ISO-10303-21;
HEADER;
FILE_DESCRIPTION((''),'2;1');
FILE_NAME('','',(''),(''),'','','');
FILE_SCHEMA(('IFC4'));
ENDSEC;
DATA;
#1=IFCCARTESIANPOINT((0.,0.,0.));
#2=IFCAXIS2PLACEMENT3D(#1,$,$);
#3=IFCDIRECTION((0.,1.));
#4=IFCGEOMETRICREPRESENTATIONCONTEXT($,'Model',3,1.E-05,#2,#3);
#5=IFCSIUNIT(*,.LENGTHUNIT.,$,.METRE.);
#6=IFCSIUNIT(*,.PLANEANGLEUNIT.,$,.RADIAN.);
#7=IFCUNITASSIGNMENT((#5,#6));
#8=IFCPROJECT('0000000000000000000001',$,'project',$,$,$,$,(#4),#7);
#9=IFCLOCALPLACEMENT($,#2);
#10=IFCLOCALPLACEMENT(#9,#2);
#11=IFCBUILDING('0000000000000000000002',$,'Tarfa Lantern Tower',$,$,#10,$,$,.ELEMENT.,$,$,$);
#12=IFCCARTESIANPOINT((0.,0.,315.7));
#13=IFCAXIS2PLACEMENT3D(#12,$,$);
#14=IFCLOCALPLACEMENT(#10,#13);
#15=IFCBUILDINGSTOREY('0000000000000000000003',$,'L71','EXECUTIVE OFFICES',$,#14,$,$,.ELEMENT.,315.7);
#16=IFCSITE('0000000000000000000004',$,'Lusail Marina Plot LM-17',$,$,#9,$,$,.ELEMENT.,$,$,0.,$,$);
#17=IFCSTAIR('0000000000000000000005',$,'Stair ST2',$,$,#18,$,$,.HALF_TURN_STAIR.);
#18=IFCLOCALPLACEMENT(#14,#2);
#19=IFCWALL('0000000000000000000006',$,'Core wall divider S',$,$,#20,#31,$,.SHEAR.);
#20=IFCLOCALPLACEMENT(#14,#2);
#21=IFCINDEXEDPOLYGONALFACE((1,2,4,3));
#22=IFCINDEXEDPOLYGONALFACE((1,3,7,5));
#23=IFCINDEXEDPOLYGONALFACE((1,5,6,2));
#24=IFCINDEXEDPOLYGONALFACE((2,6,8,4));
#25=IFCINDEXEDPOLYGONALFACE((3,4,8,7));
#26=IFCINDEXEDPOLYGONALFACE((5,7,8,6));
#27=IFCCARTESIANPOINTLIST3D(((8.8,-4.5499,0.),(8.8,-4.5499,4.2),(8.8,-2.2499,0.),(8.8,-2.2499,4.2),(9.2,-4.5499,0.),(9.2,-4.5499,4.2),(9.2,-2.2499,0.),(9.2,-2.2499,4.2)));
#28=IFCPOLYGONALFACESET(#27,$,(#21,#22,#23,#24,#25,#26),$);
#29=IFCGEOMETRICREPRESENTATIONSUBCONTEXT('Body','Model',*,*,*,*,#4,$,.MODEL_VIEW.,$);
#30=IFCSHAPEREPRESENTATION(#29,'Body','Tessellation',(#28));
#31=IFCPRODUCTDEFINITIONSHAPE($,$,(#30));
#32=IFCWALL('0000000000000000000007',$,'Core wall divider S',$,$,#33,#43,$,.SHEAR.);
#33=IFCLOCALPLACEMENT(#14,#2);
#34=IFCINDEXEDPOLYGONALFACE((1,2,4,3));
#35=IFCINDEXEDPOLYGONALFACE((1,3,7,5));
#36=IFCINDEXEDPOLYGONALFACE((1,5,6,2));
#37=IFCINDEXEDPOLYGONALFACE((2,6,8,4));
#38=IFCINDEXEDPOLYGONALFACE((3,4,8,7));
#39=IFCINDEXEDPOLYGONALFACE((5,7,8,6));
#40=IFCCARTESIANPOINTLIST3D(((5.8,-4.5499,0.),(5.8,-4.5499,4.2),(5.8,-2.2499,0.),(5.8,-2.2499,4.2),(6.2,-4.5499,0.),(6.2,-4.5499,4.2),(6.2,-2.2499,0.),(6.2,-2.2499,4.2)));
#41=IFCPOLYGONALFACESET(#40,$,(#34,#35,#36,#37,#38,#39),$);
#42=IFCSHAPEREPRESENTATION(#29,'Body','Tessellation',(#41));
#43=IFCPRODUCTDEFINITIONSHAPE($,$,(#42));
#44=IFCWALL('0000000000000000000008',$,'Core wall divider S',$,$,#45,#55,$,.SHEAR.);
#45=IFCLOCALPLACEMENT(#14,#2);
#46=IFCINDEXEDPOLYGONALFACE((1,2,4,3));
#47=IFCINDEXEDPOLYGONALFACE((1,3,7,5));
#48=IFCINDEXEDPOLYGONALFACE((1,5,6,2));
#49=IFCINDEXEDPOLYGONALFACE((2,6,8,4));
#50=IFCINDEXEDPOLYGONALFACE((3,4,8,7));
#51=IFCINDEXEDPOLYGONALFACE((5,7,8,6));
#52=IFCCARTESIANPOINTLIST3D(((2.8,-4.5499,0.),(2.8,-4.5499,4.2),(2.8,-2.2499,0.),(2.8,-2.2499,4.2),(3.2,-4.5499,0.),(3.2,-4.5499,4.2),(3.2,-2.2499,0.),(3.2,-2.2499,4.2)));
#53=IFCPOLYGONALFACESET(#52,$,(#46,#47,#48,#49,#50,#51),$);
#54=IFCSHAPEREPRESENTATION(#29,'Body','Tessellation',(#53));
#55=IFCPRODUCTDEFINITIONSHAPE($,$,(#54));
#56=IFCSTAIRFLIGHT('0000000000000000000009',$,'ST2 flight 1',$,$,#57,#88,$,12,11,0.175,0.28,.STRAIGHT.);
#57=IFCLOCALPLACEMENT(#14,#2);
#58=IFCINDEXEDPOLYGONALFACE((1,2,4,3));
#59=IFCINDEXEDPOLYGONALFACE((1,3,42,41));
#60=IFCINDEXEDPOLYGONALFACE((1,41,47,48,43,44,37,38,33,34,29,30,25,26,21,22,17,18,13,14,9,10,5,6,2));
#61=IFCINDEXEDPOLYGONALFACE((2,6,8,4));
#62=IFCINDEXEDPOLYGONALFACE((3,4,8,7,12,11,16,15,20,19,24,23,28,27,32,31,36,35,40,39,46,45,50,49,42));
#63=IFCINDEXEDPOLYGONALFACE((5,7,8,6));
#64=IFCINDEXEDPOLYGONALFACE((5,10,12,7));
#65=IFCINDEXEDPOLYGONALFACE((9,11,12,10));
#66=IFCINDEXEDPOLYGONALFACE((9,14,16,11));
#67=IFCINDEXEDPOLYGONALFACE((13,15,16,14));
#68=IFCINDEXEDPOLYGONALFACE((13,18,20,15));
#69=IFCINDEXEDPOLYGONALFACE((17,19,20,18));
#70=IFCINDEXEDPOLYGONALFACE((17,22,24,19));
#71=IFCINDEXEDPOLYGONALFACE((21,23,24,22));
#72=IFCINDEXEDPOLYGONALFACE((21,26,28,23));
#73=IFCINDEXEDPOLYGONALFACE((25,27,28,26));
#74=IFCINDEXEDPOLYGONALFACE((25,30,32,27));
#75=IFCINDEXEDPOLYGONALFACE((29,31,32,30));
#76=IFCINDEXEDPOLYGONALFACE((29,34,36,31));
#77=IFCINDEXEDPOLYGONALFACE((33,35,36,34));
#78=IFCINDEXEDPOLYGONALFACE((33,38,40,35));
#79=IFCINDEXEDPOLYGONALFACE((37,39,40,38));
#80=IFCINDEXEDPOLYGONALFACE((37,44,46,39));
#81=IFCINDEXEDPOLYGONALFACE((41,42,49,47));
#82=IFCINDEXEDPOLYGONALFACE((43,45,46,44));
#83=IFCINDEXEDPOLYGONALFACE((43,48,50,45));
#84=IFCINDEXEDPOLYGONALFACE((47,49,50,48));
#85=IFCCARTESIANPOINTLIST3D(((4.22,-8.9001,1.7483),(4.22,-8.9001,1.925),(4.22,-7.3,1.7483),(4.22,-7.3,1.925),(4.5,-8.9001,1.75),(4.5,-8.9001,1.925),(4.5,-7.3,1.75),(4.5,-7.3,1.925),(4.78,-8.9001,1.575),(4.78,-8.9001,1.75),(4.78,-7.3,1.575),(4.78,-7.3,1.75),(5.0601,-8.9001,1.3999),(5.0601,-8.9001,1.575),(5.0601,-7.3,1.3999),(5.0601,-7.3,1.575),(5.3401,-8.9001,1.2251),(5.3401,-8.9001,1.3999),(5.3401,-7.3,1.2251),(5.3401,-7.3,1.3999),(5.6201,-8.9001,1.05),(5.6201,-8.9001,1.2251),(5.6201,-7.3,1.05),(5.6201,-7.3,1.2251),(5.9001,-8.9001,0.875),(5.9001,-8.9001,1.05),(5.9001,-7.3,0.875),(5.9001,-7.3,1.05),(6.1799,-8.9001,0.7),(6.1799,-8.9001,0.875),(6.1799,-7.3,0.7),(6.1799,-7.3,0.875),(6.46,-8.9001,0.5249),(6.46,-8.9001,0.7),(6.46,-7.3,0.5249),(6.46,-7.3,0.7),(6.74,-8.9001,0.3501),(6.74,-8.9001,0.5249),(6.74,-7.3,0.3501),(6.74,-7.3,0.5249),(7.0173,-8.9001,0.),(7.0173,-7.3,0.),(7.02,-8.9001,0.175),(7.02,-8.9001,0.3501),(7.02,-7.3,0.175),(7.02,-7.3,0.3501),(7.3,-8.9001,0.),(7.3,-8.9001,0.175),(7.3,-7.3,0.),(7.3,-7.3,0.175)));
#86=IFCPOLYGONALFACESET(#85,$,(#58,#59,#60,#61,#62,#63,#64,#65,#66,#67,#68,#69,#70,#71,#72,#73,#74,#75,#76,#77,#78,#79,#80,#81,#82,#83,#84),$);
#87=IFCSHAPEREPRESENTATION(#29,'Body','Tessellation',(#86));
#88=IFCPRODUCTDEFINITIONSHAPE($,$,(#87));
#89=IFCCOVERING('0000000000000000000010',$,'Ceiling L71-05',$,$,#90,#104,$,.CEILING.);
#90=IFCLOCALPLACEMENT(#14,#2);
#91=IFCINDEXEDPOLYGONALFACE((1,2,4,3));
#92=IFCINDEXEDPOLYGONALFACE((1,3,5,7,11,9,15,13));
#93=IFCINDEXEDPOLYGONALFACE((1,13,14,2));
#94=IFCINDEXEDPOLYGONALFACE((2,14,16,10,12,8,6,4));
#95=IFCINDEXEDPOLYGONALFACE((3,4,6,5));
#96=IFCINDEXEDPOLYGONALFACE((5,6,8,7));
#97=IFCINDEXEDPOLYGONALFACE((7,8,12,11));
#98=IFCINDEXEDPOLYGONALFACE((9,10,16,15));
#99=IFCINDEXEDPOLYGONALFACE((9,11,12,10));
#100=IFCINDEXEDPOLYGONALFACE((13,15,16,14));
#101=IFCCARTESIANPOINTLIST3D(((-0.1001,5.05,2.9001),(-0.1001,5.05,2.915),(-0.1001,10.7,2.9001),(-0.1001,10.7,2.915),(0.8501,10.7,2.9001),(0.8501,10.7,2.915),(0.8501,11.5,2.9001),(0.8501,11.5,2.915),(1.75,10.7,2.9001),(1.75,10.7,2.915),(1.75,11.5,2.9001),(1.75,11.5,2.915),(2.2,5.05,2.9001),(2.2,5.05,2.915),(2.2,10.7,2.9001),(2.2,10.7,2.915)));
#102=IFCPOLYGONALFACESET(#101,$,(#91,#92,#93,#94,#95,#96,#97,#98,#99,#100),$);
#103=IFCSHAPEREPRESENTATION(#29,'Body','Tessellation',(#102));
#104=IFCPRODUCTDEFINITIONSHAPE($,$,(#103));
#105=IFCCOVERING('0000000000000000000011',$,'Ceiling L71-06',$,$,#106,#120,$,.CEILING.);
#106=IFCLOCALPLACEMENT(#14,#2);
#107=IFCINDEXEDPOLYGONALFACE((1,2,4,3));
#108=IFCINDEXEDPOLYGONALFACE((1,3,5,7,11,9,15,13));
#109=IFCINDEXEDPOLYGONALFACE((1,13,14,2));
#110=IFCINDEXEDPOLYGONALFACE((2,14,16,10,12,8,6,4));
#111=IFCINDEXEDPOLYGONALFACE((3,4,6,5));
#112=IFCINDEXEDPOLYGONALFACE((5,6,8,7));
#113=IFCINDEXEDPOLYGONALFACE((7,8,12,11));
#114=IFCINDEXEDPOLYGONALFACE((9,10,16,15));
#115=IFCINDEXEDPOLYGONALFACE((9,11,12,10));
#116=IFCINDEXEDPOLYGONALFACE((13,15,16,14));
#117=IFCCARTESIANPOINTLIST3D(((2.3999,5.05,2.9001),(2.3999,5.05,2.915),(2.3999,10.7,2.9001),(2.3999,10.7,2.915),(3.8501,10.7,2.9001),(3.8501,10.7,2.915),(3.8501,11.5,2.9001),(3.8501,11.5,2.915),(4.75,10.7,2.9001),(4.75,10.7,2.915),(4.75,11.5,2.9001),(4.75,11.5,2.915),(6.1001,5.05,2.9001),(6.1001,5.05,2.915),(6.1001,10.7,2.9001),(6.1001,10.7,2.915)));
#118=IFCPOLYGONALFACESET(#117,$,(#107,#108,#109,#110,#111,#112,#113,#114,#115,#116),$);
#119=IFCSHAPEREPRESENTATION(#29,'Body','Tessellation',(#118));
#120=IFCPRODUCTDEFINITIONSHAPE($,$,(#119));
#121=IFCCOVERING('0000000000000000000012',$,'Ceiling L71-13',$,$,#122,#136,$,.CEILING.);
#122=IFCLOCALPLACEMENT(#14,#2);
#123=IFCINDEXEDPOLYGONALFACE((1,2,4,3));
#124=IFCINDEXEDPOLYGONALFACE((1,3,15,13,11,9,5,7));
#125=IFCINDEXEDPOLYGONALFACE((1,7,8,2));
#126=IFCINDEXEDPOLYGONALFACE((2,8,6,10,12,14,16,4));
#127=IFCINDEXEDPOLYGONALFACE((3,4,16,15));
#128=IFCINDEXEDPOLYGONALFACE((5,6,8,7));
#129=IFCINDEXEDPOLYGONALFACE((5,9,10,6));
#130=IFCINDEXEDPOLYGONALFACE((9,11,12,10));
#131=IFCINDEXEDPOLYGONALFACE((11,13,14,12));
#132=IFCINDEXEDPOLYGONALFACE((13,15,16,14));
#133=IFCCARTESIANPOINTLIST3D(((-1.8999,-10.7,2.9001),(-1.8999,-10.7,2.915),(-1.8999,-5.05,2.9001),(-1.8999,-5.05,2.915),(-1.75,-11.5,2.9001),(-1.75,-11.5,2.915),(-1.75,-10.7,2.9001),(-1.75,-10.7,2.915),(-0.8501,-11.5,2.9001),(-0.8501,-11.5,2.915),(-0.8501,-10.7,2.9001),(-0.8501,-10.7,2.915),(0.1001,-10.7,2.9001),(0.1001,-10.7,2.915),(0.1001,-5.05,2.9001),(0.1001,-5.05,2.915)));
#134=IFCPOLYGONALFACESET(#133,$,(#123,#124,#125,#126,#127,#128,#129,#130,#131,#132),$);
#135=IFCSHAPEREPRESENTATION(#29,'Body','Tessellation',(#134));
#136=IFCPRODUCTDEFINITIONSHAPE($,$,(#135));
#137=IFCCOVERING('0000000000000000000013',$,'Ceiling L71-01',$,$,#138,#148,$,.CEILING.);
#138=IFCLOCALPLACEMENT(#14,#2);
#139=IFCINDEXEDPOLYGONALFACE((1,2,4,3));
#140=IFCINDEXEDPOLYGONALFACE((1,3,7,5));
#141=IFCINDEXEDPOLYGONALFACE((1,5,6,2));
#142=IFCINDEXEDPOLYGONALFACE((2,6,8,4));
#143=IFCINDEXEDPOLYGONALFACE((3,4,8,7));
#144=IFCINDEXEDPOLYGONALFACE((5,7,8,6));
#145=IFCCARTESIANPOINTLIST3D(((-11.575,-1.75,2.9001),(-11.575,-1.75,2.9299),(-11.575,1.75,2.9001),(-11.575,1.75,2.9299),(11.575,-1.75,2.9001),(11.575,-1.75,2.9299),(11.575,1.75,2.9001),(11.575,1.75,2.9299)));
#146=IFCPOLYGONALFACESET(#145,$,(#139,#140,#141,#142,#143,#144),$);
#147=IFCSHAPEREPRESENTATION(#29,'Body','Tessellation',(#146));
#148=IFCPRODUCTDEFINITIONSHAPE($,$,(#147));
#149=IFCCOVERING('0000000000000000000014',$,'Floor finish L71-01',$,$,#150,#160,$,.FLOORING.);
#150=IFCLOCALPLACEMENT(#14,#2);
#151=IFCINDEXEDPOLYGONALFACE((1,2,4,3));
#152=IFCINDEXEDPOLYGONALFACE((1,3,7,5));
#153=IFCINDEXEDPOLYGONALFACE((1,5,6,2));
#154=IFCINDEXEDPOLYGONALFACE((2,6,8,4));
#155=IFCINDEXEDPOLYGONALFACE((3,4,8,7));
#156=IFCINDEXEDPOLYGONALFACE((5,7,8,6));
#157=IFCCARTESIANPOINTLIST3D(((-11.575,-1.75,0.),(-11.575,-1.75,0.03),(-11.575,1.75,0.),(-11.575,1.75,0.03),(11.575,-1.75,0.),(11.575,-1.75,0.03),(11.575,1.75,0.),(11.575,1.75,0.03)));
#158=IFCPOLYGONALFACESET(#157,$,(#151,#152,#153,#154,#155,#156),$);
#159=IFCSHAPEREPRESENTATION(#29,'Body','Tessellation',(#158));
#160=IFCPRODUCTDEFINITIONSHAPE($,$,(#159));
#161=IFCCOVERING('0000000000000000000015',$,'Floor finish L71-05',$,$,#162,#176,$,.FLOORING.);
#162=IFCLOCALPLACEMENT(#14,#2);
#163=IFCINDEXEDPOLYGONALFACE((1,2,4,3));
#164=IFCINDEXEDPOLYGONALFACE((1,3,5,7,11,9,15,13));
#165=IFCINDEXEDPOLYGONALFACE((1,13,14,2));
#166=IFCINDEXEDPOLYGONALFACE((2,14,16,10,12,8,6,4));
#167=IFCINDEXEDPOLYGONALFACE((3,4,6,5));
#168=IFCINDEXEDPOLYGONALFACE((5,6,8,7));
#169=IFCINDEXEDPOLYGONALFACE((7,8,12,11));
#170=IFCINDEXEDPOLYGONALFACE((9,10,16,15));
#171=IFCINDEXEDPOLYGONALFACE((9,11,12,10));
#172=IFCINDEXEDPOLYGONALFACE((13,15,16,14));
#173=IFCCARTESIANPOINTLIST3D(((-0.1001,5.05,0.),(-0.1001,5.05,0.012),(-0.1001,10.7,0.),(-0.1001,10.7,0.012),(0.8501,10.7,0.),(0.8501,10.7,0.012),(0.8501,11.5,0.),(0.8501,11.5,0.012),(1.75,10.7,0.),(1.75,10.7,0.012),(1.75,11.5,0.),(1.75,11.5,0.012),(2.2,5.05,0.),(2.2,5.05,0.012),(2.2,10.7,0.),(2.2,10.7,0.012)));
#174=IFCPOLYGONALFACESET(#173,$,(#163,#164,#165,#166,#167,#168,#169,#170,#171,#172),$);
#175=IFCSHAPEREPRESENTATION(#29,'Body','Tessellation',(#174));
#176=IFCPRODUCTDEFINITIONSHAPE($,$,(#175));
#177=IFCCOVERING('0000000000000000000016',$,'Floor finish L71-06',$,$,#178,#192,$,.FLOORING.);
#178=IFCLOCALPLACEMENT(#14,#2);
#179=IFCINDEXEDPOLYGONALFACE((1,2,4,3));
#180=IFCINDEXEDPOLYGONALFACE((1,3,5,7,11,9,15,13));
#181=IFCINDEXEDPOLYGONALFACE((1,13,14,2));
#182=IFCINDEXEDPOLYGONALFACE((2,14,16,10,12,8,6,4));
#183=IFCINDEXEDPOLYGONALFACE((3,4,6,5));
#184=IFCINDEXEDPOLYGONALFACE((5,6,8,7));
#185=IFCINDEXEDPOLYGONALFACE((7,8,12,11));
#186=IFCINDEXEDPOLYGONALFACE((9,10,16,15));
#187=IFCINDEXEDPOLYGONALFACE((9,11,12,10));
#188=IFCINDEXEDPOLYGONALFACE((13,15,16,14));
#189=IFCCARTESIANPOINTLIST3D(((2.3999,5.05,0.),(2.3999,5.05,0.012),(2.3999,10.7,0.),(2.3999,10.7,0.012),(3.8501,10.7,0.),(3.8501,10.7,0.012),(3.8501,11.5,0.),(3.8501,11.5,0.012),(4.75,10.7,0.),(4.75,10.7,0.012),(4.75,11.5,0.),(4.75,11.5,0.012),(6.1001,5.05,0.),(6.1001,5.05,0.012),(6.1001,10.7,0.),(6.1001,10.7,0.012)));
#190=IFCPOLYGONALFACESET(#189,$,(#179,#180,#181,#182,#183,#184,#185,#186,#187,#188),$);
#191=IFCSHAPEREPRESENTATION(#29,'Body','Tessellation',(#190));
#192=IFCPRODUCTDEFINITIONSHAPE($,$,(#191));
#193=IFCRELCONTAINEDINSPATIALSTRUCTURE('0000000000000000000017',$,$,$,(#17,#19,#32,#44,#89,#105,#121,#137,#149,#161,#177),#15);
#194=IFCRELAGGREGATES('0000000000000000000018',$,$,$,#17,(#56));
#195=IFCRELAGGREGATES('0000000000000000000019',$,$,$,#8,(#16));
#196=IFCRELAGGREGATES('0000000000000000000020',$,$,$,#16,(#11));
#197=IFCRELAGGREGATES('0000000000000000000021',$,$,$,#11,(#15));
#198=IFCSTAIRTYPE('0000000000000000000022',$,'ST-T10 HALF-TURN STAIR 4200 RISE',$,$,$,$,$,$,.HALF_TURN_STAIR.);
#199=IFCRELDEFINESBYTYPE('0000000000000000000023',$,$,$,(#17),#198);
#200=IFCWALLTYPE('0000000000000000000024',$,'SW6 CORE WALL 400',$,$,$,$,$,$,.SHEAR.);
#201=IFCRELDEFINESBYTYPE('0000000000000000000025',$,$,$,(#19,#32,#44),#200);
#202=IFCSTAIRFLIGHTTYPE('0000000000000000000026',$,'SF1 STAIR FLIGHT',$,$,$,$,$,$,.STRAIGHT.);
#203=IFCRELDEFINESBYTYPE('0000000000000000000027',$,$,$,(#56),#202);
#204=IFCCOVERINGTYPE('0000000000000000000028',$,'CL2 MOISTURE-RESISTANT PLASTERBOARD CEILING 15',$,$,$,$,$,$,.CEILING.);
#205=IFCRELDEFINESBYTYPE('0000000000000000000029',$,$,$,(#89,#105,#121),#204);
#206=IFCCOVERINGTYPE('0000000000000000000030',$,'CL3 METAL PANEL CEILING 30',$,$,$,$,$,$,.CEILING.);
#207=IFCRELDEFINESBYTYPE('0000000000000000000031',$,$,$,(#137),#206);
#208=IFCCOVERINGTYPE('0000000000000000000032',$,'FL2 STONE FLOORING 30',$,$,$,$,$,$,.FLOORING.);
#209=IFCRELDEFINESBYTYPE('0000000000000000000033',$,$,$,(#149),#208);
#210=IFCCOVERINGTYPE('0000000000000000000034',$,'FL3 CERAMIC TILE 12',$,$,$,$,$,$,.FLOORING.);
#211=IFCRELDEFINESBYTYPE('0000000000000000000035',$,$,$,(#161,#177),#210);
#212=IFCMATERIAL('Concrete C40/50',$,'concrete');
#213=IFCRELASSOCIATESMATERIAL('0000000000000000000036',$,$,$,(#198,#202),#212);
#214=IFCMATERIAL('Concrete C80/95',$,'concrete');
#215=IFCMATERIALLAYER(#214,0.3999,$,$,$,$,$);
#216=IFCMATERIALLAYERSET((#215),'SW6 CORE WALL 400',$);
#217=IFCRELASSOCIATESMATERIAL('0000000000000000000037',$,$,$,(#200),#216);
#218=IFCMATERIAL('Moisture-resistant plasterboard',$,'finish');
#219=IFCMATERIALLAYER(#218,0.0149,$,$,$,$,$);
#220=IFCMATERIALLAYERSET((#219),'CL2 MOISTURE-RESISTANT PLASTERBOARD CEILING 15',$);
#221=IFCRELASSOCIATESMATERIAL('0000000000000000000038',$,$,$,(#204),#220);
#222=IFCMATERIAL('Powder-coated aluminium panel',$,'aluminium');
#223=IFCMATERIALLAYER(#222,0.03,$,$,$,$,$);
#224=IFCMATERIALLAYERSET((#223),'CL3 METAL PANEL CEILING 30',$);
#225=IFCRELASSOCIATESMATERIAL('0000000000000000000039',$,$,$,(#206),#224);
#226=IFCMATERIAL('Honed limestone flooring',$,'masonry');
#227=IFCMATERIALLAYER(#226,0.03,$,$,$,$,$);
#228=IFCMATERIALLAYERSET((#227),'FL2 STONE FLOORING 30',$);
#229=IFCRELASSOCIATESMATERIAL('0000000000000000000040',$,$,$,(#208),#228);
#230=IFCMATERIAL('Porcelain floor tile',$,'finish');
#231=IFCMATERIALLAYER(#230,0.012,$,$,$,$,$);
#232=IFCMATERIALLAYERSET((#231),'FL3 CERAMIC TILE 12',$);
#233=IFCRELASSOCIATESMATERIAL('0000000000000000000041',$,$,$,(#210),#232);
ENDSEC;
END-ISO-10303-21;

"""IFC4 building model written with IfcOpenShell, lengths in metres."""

from ifc_helpers import new_model, si_unit, direction, frame, frame_2d, origin, place, context, subcontext, project, spatial, polyline, rectangle, outline, extrude, material, layer, layer_set, type_object, element, aggregate, save


model = new_model("IFC4")

# Units and contexts
model_context = context("Model", 3, precision=1e-05, world=origin(), true_north=direction((0.0, 1.0)))
body_context = subcontext(model_context, "Body", "Model", "MODEL_VIEW")
ifc_project = project(units=[si_unit("LENGTHUNIT", "METRE"), si_unit("PLANEANGLEUNIT", "RADIAN")], contexts=[model_context])

# Site, building, storey
site_placement = place(None, origin())
site = spatial("IfcSite", under=ifc_project, at=site_placement, Name="Lusail Marina Plot LM-17", CompositionType="ELEMENT", RefElevation=0.0)
building_placement = place(site_placement, origin())
building = spatial("IfcBuilding", under=site, at=building_placement, Name="Tarfa Lantern Tower", CompositionType="ELEMENT")
storey_placement = place(building_placement, frame((0.0, 0.0, 315.7)))
storey = spatial("IfcBuildingStorey", under=building, at=storey_placement, Name="L71", Description="EXECUTIVE OFFICES", CompositionType="ELEMENT", Elevation=315.7)

# Stair
ifc_material_1 = material(Name="Concrete C40/50", Category="concrete")
stair_type = type_object("IfcStairType", Name="ST-T10 HALF-TURN STAIR 4200 RISE", PredefinedType="HALF_TURN_STAIR", material=ifc_material_1)
stair_placement = place(storey_placement, origin())
stair = element("IfcStair", 1, at=stair_placement, inside=storey, type_object=stair_type, Name="Stair ST2", PredefinedType="HALF_TURN_STAIR")

# Shared definitions
ifc_material_2 = material(Name="Concrete C80/95", Category="concrete")

# Walls
ifc_layer_1 = layer(ifc_material_2, 0.3999)
ifc_layer_set_1 = layer_set([ifc_layer_1], Name="SW6 CORE WALL 400")
wall_type_1 = type_object("IfcWallType", Name="SW6 CORE WALL 400", PredefinedType="SHEAR", material=ifc_layer_set_1)
for number, where, z_axis, x_axis, name in (
    (2, (9.0, -2.25, 0.0), (0.0, 0.0, 1.0), (0.0, -1.0, 0.0), "Core wall divider S"),
    (3, (6.0, -2.25, 0.0), (0.0, 0.0, 1.0), (0.0, -1.0, 0.0), "Core wall divider S"),
    (4, (3.0, -2.25, 0.0), (0.0, 0.0, 1.0), (0.0, -1.0, 0.0), "Core wall divider S"),
):
    element("IfcWall", number, at=place(storey_placement, frame(where, z_axis=z_axis, x_axis=x_axis)), inside=storey, type_object=wall_type_1, Name=name, PredefinedType="SHEAR", context=body_context, shape_type="SweptSolid", body=[
        extrude(rectangle(XDim=2.3, YDim=0.3999, at=frame_2d((1.1499, 0.0))), origin(), (0.0, 0.0, 1.0), 4.2),
    ])

# Stair flight
stair_flight_type = type_object("IfcStairFlightType", Name="SF1 STAIR FLIGHT", PredefinedType="STRAIGHT", material=ifc_material_1)
stair_flight_placement = place(storey_placement, frame((7.3, -8.1001, 0.0), z_axis=(0.0, 0.0, 1.0), x_axis=(-1.0, 0.0, 0.0)))
stair_flight = element("IfcStairFlight", 5, at=stair_flight_placement, type_object=stair_flight_type, Name="ST2 flight 1", NumberOfRisers=12, NumberOfTreads=11, PredefinedType="STRAIGHT", RiserHeight=0.175, TreadLength=0.28, context=body_context, shape_type="SweptSolid", body=[
    extrude(outline(polyline([(0.0, 0.0), (0.0, 0.175), (0.28, 0.175), (0.28, 0.3501), (0.5601, 0.3501), (0.5601, 0.5249), (0.8401, 0.5249), (0.8401, 0.7), (1.1201, 0.7), (1.1201, 0.875), (1.3999, 0.875), (1.3999, 1.05), (1.6799, 1.05), (1.6799, 1.2251), (1.96, 1.2251), (1.96, 1.3999), (2.24, 1.3999), (2.24, 1.575), (2.52, 1.575), (2.52, 1.75), (2.8, 1.75), (2.8, 1.925), (3.0801, 1.925), (3.0801, 2.1001), (3.0801, 1.7483), (0.2827, 0.0), (0.0, 0.0)])), frame((0.0, 0.8, 0.0), z_axis=(0.0, -1.0, 0.0), x_axis=(1.0, 0.0, 0.0)), (0.0, 0.0, 1.0), 1.6001),
])
aggregate(stair, [stair_flight])

# Coverings
ifc_material_3 = material(Name="Moisture-resistant plasterboard", Category="finish")
ifc_layer_2 = layer(ifc_material_3, 0.0149)
ifc_layer_set_2 = layer_set([ifc_layer_2], Name="CL2 MOISTURE-RESISTANT PLASTERBOARD CEILING 15")
covering_type_1 = type_object("IfcCoveringType", Name="CL2 MOISTURE-RESISTANT PLASTERBOARD CEILING 15", PredefinedType="CEILING", material=ifc_layer_set_2)
covering_1_placement = place(storey_placement, frame((0.0, 0.0, 2.9001)))
element("IfcCovering", 6, at=covering_1_placement, inside=storey, type_object=covering_type_1, Name="Ceiling L71-05", PredefinedType="CEILING", context=body_context, shape_type="SweptSolid", body=[
    extrude(outline(polyline([(0.8501, 10.7), (-0.1001, 10.7), (-0.1001, 5.05), (2.2, 5.05), (2.2, 10.7), (1.75, 10.7), (1.75, 11.5), (0.8501, 11.5), (0.8501, 10.7)])), origin(), (0.0, 0.0, 1.0), 0.0149),
])
covering_2_placement = place(storey_placement, frame((0.0, 0.0, 2.9001)))
element("IfcCovering", 7, at=covering_2_placement, inside=storey, type_object=covering_type_1, Name="Ceiling L71-06", PredefinedType="CEILING", context=body_context, shape_type="SweptSolid", body=[
    extrude(outline(polyline([(2.3999, 5.05), (6.1001, 5.05), (6.1001, 10.7), (4.75, 10.7), (4.75, 11.5), (3.8501, 11.5), (3.8501, 10.7), (2.3999, 10.7), (2.3999, 5.05)])), origin(), (0.0, 0.0, 1.0), 0.0149),
])
covering_3_placement = place(storey_placement, frame((0.0, 0.0, 2.9001)))
element("IfcCovering", 8, at=covering_3_placement, inside=storey, type_object=covering_type_1, Name="Ceiling L71-13", PredefinedType="CEILING", context=body_context, shape_type="SweptSolid", body=[
    extrude(outline(polyline([(-0.8501, -10.7), (0.1001, -10.7), (0.1001, -5.05), (-1.8999, -5.05), (-1.8999, -10.7), (-1.75, -10.7), (-1.75, -11.5), (-1.75, -11.5), (-0.8501, -11.5), (-0.8501, -10.7)])), origin(), (0.0, 0.0, 1.0), 0.0149),
])
ifc_material_4 = material(Name="Powder-coated aluminium panel", Category="aluminium")
ifc_layer_3 = layer(ifc_material_4, 0.03)
ifc_layer_set_3 = layer_set([ifc_layer_3], Name="CL3 METAL PANEL CEILING 30")
covering_type_2 = type_object("IfcCoveringType", Name="CL3 METAL PANEL CEILING 30", PredefinedType="CEILING", material=ifc_layer_set_3)
covering_4_placement = place(storey_placement, frame((0.0, 0.0, 2.9001)))
element("IfcCovering", 9, at=covering_4_placement, inside=storey, type_object=covering_type_2, Name="Ceiling L71-01", PredefinedType="CEILING", context=body_context, shape_type="SweptSolid", body=[
    extrude(outline(polyline([(-11.575, -1.75), (11.575, -1.75), (11.575, 1.75), (-11.575, 1.75), (-11.575, -1.75)])), origin(), (0.0, 0.0, 1.0), 0.0298),
])
ifc_material_5 = material(Name="Honed limestone flooring", Category="masonry")
ifc_layer_4 = layer(ifc_material_5, 0.03)
ifc_layer_set_4 = layer_set([ifc_layer_4], Name="FL2 STONE FLOORING 30")
covering_type_3 = type_object("IfcCoveringType", Name="FL2 STONE FLOORING 30", PredefinedType="FLOORING", material=ifc_layer_set_4)
covering_5_placement = place(storey_placement, origin())
element("IfcCovering", 10, at=covering_5_placement, inside=storey, type_object=covering_type_3, Name="Floor finish L71-01", PredefinedType="FLOORING", context=body_context, shape_type="SweptSolid", body=[
    extrude(outline(polyline([(-11.575, -1.75), (11.575, -1.75), (11.575, 1.75), (-11.575, 1.75), (-11.575, -1.75)])), origin(), (0.0, 0.0, 1.0), 0.03),
])
ifc_material_6 = material(Name="Porcelain floor tile", Category="finish")
ifc_layer_5 = layer(ifc_material_6, 0.012)
ifc_layer_set_5 = layer_set([ifc_layer_5], Name="FL3 CERAMIC TILE 12")
covering_type_4 = type_object("IfcCoveringType", Name="FL3 CERAMIC TILE 12", PredefinedType="FLOORING", material=ifc_layer_set_5)
covering_6_placement = place(storey_placement, origin())
element("IfcCovering", 11, at=covering_6_placement, inside=storey, type_object=covering_type_4, Name="Floor finish L71-05", PredefinedType="FLOORING", context=body_context, shape_type="SweptSolid", body=[
    extrude(outline(polyline([(0.8501, 10.7), (-0.1001, 10.7), (-0.1001, 5.05), (2.2, 5.05), (2.2, 10.7), (1.75, 10.7), (1.75, 11.5), (0.8501, 11.5), (0.8501, 10.7)])), origin(), (0.0, 0.0, 1.0), 0.012),
])
covering_7_placement = place(storey_placement, origin())
element("IfcCovering", 12, at=covering_7_placement, inside=storey, type_object=covering_type_4, Name="Floor finish L71-06", PredefinedType="FLOORING", context=body_context, shape_type="SweptSolid", body=[
    extrude(outline(polyline([(2.3999, 5.05), (6.1001, 5.05), (6.1001, 10.7), (4.75, 10.7), (4.75, 11.5), (3.8501, 11.5), (3.8501, 10.7), (2.3999, 10.7), (2.3999, 5.05)])), origin(), (0.0, 0.0, 1.0), 0.012),
])

save(model, "model.ifc")
